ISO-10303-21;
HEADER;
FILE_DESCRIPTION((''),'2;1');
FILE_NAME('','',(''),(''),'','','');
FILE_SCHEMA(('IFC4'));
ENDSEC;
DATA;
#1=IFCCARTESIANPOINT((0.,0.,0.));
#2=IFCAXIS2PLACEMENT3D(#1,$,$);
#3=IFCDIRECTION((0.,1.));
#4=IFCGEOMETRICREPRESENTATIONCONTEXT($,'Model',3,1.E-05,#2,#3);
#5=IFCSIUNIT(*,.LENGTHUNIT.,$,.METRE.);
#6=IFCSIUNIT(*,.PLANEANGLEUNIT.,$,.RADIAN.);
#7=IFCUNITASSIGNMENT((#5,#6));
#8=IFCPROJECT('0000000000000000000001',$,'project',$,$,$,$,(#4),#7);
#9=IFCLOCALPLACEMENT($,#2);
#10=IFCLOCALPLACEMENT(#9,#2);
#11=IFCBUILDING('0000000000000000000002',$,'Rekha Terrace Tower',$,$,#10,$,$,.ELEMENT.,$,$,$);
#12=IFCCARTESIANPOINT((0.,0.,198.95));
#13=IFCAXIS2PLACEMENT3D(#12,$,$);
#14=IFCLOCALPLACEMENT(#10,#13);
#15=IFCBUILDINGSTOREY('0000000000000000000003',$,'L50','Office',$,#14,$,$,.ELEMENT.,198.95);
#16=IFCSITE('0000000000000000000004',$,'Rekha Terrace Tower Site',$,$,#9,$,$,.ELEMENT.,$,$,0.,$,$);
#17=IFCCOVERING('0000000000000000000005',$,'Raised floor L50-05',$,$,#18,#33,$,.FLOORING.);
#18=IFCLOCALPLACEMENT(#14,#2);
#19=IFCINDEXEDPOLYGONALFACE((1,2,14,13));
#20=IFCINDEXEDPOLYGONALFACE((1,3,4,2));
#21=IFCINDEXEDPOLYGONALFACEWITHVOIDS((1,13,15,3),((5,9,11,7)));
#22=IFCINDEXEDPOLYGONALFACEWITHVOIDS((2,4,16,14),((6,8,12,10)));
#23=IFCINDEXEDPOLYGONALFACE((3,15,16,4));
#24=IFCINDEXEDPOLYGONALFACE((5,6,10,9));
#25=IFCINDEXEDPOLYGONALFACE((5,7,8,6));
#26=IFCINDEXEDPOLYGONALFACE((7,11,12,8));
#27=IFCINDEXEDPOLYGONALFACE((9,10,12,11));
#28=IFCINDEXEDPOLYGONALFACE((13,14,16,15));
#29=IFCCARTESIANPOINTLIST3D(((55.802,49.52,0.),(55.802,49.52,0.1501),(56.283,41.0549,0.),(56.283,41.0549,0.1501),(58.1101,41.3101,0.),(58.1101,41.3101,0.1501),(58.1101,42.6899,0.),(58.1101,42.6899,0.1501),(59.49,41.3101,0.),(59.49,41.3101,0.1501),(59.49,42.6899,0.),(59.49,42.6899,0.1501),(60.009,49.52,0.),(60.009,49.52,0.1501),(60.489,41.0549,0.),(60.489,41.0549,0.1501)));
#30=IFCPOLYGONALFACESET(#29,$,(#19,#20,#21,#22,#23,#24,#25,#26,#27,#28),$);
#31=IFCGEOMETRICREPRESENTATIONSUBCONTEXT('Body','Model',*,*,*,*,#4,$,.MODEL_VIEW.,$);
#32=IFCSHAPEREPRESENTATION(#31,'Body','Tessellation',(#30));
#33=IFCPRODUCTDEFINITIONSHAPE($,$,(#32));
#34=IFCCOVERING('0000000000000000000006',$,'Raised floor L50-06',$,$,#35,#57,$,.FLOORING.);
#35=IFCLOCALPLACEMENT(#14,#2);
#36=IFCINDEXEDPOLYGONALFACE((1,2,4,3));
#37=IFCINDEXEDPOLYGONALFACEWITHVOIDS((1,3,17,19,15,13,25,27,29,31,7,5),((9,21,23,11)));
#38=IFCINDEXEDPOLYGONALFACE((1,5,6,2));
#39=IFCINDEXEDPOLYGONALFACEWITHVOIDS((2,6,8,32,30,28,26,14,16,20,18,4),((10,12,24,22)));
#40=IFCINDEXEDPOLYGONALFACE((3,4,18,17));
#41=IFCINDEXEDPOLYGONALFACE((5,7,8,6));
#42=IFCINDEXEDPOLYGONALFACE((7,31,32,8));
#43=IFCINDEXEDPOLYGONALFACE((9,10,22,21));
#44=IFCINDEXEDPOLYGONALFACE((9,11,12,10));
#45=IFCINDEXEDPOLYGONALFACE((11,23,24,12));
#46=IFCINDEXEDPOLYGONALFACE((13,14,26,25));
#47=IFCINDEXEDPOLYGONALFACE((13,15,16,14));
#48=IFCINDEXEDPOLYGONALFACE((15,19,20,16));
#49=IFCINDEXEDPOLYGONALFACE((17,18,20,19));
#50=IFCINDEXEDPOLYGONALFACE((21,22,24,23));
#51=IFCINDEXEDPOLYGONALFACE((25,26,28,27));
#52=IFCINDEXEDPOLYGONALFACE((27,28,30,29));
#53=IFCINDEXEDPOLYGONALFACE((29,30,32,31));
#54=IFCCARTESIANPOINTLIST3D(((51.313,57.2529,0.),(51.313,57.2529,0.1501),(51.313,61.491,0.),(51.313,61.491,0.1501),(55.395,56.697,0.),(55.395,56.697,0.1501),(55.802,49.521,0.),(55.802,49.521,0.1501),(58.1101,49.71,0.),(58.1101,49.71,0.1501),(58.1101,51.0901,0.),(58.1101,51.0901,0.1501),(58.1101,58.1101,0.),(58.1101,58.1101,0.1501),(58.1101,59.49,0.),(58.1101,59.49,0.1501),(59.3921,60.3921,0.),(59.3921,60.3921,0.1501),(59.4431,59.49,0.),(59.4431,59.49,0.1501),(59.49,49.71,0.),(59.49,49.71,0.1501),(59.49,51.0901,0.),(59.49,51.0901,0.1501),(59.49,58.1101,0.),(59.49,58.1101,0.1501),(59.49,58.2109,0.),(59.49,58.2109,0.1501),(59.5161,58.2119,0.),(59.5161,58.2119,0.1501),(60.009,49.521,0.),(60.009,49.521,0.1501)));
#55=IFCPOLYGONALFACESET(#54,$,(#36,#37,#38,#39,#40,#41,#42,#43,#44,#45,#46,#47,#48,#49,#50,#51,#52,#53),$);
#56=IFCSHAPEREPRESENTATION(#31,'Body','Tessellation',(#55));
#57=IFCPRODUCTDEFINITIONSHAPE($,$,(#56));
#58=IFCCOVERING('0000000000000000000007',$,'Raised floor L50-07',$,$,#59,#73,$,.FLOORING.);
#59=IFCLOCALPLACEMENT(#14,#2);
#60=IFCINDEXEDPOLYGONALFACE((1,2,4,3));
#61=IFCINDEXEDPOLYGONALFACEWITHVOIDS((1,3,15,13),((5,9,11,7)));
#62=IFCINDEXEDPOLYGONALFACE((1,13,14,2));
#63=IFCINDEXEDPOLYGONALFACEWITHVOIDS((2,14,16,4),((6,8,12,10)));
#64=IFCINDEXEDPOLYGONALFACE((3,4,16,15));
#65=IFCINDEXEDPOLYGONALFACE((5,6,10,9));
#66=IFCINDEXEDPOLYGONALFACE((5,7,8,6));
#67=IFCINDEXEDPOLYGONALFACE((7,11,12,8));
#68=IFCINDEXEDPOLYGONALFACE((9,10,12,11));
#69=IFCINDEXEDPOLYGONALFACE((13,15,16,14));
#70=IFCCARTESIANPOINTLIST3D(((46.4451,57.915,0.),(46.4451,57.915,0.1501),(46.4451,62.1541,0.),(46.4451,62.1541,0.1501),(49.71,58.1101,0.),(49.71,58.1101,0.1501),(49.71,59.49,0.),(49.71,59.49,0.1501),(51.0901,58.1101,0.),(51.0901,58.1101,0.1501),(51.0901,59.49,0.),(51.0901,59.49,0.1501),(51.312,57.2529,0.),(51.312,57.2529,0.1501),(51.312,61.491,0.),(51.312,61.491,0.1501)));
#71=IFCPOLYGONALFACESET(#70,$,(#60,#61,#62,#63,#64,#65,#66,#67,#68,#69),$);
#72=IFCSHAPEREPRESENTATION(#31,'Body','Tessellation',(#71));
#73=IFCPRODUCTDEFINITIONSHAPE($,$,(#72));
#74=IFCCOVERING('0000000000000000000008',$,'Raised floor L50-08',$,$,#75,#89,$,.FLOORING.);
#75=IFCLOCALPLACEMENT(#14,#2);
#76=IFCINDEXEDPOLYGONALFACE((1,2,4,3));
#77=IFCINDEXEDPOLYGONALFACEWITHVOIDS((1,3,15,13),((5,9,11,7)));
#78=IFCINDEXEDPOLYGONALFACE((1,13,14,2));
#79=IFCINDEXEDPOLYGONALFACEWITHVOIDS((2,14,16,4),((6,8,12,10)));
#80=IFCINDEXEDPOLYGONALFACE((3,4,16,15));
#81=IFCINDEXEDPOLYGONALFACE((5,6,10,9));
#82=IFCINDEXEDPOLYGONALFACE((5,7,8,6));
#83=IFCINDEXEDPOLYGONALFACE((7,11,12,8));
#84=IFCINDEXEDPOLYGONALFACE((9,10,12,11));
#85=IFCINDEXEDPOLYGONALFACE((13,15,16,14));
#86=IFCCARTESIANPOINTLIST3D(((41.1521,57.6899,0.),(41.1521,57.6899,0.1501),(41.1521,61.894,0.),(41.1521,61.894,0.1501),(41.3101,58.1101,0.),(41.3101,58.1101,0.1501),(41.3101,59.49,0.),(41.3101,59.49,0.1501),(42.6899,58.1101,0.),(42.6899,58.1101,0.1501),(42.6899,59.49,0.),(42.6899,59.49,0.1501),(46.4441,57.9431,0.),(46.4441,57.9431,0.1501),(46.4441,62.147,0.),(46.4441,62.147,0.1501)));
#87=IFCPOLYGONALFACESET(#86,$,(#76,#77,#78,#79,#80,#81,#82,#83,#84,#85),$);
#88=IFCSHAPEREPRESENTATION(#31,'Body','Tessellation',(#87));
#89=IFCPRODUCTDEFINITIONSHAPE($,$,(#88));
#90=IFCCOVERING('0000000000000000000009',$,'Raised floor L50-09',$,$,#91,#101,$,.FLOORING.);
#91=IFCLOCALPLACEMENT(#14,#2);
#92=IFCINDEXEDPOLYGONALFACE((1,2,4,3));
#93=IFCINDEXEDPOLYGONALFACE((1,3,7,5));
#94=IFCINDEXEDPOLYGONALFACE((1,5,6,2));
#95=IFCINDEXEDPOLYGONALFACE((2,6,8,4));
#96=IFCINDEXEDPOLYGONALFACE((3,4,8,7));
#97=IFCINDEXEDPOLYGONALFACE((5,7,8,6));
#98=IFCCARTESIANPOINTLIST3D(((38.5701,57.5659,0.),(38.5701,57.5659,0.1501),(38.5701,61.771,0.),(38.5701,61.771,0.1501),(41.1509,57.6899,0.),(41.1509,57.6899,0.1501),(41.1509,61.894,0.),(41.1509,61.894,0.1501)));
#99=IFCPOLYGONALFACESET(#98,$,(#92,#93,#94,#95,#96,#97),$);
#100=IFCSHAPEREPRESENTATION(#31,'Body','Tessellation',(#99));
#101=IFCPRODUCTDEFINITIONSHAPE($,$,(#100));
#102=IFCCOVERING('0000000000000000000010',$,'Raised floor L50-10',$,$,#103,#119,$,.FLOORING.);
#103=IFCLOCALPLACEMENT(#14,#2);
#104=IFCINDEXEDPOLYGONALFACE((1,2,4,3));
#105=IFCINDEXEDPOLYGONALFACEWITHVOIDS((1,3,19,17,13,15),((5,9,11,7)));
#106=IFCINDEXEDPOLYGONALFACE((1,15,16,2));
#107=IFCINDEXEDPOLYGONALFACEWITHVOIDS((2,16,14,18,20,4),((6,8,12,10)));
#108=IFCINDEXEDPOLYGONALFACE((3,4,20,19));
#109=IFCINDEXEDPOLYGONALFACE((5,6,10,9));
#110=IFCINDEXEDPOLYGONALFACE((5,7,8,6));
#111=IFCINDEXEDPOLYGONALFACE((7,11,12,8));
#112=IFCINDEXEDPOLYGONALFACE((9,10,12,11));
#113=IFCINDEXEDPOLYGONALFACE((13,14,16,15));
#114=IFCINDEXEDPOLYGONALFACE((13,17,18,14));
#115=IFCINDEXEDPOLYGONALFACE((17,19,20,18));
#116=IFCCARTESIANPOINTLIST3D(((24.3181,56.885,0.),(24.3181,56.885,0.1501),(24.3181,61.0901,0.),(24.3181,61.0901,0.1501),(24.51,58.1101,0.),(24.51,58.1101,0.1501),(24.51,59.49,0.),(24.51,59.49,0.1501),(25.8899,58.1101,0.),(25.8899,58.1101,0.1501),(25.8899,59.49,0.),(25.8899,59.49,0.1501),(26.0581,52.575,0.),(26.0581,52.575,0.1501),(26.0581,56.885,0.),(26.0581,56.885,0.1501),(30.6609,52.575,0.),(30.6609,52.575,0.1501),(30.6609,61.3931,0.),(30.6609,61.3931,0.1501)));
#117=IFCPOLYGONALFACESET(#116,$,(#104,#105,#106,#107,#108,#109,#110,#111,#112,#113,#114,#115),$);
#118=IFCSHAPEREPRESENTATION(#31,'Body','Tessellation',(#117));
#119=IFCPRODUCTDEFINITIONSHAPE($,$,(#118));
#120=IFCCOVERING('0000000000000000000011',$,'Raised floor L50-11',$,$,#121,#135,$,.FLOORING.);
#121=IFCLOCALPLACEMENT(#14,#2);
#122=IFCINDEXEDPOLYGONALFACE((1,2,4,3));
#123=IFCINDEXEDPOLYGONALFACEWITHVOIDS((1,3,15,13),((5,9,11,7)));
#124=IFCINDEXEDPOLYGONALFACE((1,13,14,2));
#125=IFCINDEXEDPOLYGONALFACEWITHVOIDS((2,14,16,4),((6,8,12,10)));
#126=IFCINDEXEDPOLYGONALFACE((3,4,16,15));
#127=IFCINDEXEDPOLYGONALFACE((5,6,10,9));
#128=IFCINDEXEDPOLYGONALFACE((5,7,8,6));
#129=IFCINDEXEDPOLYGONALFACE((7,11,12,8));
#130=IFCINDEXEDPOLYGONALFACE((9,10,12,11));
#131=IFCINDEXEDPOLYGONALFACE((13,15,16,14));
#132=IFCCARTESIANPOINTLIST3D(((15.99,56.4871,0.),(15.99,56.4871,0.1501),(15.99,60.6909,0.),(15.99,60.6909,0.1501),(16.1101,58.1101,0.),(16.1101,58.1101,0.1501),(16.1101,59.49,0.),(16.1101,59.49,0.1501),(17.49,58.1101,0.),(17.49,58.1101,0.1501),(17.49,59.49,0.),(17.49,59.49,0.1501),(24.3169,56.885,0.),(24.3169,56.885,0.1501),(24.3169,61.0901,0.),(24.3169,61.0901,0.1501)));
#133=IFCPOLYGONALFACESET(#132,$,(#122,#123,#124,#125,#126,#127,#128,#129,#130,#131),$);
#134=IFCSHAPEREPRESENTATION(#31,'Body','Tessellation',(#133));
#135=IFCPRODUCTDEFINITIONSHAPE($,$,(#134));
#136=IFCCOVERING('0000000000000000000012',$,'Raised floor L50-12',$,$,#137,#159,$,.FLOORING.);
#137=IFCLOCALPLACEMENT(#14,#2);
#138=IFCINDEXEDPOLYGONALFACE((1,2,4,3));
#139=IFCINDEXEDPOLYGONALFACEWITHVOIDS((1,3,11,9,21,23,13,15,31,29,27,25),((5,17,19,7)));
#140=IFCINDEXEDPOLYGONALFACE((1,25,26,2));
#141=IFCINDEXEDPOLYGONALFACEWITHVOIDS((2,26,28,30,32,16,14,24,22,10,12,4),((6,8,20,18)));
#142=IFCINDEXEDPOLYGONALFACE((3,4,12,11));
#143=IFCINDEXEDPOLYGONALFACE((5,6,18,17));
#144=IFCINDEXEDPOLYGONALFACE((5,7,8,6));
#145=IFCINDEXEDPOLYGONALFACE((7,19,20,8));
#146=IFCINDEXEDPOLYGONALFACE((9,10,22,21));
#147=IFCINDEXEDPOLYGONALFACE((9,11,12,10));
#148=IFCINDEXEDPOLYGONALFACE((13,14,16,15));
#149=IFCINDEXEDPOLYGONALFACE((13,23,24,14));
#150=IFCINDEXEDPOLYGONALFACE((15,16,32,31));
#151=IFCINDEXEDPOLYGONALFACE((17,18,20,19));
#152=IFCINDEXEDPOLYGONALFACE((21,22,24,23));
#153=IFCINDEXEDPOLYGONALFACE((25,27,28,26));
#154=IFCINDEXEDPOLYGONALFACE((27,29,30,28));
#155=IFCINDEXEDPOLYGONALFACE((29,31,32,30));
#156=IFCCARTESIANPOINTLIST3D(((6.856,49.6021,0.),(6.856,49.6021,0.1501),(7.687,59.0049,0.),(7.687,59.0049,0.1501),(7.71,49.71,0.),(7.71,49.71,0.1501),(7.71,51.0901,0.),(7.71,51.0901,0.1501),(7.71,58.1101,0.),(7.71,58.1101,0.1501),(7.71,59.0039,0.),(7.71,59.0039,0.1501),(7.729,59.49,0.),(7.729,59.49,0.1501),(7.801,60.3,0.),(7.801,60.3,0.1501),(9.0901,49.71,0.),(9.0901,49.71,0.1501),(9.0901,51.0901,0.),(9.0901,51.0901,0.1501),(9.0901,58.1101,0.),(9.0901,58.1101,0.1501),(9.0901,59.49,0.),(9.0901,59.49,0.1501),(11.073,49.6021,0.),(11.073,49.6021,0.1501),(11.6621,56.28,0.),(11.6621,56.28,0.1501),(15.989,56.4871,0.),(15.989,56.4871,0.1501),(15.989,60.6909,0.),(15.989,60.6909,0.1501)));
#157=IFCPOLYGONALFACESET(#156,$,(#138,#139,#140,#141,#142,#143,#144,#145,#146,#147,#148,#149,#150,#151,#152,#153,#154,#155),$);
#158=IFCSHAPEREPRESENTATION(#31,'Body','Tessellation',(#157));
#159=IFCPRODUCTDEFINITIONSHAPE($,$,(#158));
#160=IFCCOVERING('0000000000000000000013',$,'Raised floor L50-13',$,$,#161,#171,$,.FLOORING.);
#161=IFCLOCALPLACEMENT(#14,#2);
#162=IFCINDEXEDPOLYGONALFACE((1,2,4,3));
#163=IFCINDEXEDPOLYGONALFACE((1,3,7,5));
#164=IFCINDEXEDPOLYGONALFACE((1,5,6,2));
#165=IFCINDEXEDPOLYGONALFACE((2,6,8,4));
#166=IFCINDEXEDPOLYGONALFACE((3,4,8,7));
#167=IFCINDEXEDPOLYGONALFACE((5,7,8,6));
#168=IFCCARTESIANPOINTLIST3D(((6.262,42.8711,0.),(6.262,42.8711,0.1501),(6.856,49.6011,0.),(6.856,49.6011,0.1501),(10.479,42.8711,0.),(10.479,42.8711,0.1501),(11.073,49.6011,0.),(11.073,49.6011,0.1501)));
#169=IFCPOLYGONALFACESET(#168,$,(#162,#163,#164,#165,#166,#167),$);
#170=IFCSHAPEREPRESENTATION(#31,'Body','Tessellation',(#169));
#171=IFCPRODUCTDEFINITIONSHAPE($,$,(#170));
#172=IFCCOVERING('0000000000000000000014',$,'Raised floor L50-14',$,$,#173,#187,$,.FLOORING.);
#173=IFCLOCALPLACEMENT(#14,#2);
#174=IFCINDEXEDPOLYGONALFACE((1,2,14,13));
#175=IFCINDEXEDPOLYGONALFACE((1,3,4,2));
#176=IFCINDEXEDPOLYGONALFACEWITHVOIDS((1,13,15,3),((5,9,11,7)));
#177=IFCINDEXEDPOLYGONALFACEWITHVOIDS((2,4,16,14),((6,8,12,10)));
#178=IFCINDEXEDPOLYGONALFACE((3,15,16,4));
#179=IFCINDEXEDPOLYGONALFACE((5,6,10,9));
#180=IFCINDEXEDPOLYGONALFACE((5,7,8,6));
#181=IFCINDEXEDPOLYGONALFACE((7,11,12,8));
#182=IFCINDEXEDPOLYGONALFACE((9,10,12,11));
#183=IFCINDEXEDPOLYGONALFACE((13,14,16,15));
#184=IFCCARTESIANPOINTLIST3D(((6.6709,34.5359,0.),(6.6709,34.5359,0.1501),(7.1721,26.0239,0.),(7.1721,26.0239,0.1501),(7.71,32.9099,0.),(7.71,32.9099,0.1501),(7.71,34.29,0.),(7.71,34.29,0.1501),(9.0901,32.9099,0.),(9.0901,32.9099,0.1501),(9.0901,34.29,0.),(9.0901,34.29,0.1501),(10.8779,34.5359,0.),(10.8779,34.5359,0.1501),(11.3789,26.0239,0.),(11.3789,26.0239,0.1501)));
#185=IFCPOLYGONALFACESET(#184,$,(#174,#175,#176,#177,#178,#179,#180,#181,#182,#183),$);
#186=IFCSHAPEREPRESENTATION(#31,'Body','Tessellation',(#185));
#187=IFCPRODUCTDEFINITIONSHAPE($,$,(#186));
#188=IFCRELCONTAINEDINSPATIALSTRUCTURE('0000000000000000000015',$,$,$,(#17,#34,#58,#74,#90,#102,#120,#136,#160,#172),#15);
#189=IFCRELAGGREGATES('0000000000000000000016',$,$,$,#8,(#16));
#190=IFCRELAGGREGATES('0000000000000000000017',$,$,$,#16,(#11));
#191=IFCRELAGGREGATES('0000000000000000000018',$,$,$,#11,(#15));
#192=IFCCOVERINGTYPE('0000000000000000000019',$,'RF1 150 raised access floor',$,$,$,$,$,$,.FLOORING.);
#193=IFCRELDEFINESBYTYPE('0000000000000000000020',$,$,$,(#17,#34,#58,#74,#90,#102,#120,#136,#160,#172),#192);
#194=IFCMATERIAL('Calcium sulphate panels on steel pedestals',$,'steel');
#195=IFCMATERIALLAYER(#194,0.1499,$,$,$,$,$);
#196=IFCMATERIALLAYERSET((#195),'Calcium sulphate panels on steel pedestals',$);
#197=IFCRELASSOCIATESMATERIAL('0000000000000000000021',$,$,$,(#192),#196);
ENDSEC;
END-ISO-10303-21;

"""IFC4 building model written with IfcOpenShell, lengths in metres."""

from ifc_helpers import new_model, si_unit, direction, frame, origin, place, context, subcontext, project, spatial, polyline, outline, extrude, material, layer, layer_set, type_object, element, save


model = new_model("IFC4")

# Units and contexts
model_context = context("Model", 3, precision=1e-05, world=origin(), true_north=direction((0.0, 1.0)))
body_context = subcontext(model_context, "Body", "Model", "MODEL_VIEW")
ifc_project = project(units=[si_unit("LENGTHUNIT", "METRE"), si_unit("PLANEANGLEUNIT", "RADIAN")], contexts=[model_context])

# Site, building, storey
site_placement = place(None, origin())
site = spatial("IfcSite", under=ifc_project, at=site_placement, Name="Rekha Terrace Tower Site", CompositionType="ELEMENT", RefElevation=0.0)
building_placement = place(site_placement, origin())
building = spatial("IfcBuilding", under=site, at=building_placement, Name="Rekha Terrace Tower", CompositionType="ELEMENT")
storey_placement = place(building_placement, frame((0.0, 0.0, 198.95)))
storey = spatial("IfcBuildingStorey", under=building, at=storey_placement, Name="L50", Description="Office", CompositionType="ELEMENT", Elevation=198.95)

# Coverings
ifc_material_1 = material(Name="Calcium sulphate panels on steel pedestals", Category="steel")
ifc_layer_1 = layer(ifc_material_1, 0.1499)
ifc_layer_set_1 = layer_set([ifc_layer_1], Name="Calcium sulphate panels on steel pedestals")
covering_type_1 = type_object("IfcCoveringType", Name="RF1 150 raised access floor", PredefinedType="FLOORING", material=ifc_layer_set_1)
covering_1_placement = place(storey_placement, origin())
element("IfcCovering", 1, at=covering_1_placement, inside=storey, type_object=covering_type_1, Name="Raised floor L50-05", PredefinedType="FLOORING", context=body_context, shape_type="SweptSolid", body=[
    extrude(outline(polyline([(56.283, 41.0549), (60.489, 41.0549), (60.009, 49.52), (55.802, 49.52), (56.283, 41.0549)]), holes=[polyline([(59.49, 41.3101), (58.1101, 41.3101), (58.1101, 42.6899), (59.49, 42.6899), (59.49, 41.3101)])]), origin(), (0.0, 0.0, 1.0), 0.1501),
])
covering_2_placement = place(storey_placement, origin())
element("IfcCovering", 2, at=covering_2_placement, inside=storey, type_object=covering_type_1, Name="Raised floor L50-06", PredefinedType="FLOORING", context=body_context, shape_type="SweptSolid", body=[
    extrude(outline(polyline([(59.3921, 60.3921), (51.313, 61.491), (51.313, 57.2529), (55.395, 56.697), (55.802, 49.521), (60.009, 49.521), (59.5161, 58.2119), (59.49, 58.2109), (59.49, 58.1101), (58.1101, 58.1101), (58.1101, 59.49), (59.4431, 59.49), (59.3921, 60.3921)]), holes=[polyline([(59.49, 51.0901), (59.49, 49.71), (58.1101, 49.71), (58.1101, 51.0901), (59.49, 51.0901)])]), origin(), (0.0, 0.0, 1.0), 0.1501),
])
covering_3_placement = place(storey_placement, origin())
element("IfcCovering", 3, at=covering_3_placement, inside=storey, type_object=covering_type_1, Name="Raised floor L50-07", PredefinedType="FLOORING", context=body_context, shape_type="SweptSolid", body=[
    extrude(outline(polyline([(51.312, 57.2529), (51.312, 61.491), (46.4451, 62.1541), (46.4451, 57.915), (51.312, 57.2529)]), holes=[polyline([(51.0901, 58.1101), (49.71, 58.1101), (49.71, 59.49), (51.0901, 59.49), (51.0901, 58.1101)])]), origin(), (0.0, 0.0, 1.0), 0.1501),
])
covering_4_placement = place(storey_placement, origin())
element("IfcCovering", 4, at=covering_4_placement, inside=storey, type_object=covering_type_1, Name="Raised floor L50-08", PredefinedType="FLOORING", context=body_context, shape_type="SweptSolid", body=[
    extrude(outline(polyline([(46.4441, 62.147), (41.1521, 61.894), (41.1521, 57.6899), (46.4441, 57.9431), (46.4441, 62.147)]), holes=[polyline([(42.6899, 59.49), (42.6899, 58.1101), (41.3101, 58.1101), (41.3101, 59.49), (42.6899, 59.49)])]), origin(), (0.0, 0.0, 1.0), 0.1501),
])
covering_5_placement = place(storey_placement, origin())
element("IfcCovering", 5, at=covering_5_placement, inside=storey, type_object=covering_type_1, Name="Raised floor L50-09", PredefinedType="FLOORING", context=body_context, shape_type="SweptSolid", body=[
    extrude(outline(polyline([(41.1509, 57.6899), (41.1509, 61.894), (38.5701, 61.771), (38.5701, 57.5659), (41.1509, 57.6899)])), origin(), (0.0, 0.0, 1.0), 0.1501),
])
covering_6_placement = place(storey_placement, origin())
element("IfcCovering", 6, at=covering_6_placement, inside=storey, type_object=covering_type_1, Name="Raised floor L50-10", PredefinedType="FLOORING", context=body_context, shape_type="SweptSolid", body=[
    extrude(outline(polyline([(24.3181, 61.0901), (24.3181, 56.885), (26.0581, 56.885), (26.0581, 52.575), (30.6609, 52.575), (30.6609, 61.3931), (24.3181, 61.0901)]), holes=[polyline([(25.8899, 58.1101), (24.51, 58.1101), (24.51, 59.49), (25.8899, 59.49), (25.8899, 58.1101)])]), origin(), (0.0, 0.0, 1.0), 0.1501),
])
covering_7_placement = place(storey_placement, origin())
element("IfcCovering", 7, at=covering_7_placement, inside=storey, type_object=covering_type_1, Name="Raised floor L50-11", PredefinedType="FLOORING", context=body_context, shape_type="SweptSolid", body=[
    extrude(outline(polyline([(24.3169, 56.885), (24.3169, 61.0901), (15.99, 60.6909), (15.99, 56.4871), (24.3169, 56.885)]), holes=[polyline([(17.49, 59.49), (17.49, 58.1101), (16.1101, 58.1101), (16.1101, 59.49), (17.49, 59.49)])]), origin(), (0.0, 0.0, 1.0), 0.1501),
])
covering_8_placement = place(storey_placement, origin())
element("IfcCovering", 8, at=covering_8_placement, inside=storey, type_object=covering_type_1, Name="Raised floor L50-12", PredefinedType="FLOORING", context=body_context, shape_type="SweptSolid", body=[
    extrude(outline(polyline([(7.687, 59.0049), (6.856, 49.6021), (11.073, 49.6021), (11.6621, 56.28), (15.989, 56.4871), (15.989, 60.6909), (7.801, 60.3), (7.729, 59.49), (9.0901, 59.49), (9.0901, 58.1101), (7.71, 58.1101), (7.71, 59.0039), (7.687, 59.0049)]), holes=[polyline([(9.0901, 49.71), (7.71, 49.71), (7.71, 51.0901), (9.0901, 51.0901), (9.0901, 49.71)])]), origin(), (0.0, 0.0, 1.0), 0.1501),
])
covering_9_placement = place(storey_placement, origin())
element("IfcCovering", 9, at=covering_9_placement, inside=storey, type_object=covering_type_1, Name="Raised floor L50-13", PredefinedType="FLOORING", context=body_context, shape_type="SweptSolid", body=[
    extrude(outline(polyline([(11.073, 49.6011), (6.856, 49.6011), (6.262, 42.8711), (10.479, 42.8711), (11.073, 49.6011)])), origin(), (0.0, 0.0, 1.0), 0.1501),
])
covering_10_placement = place(storey_placement, origin())
element("IfcCovering", 10, at=covering_10_placement, inside=storey, type_object=covering_type_1, Name="Raised floor L50-14", PredefinedType="FLOORING", context=body_context, shape_type="SweptSolid", body=[
    extrude(outline(polyline([(10.8779, 34.5359), (6.6709, 34.5359), (7.1721, 26.0239), (11.3789, 26.0239), (10.8779, 34.5359)]), holes=[polyline([(9.0901, 34.29), (9.0901, 32.9099), (7.71, 32.9099), (7.71, 34.29), (9.0901, 34.29)])]), origin(), (0.0, 0.0, 1.0), 0.1501),
])

save(model, "model.ifc")
